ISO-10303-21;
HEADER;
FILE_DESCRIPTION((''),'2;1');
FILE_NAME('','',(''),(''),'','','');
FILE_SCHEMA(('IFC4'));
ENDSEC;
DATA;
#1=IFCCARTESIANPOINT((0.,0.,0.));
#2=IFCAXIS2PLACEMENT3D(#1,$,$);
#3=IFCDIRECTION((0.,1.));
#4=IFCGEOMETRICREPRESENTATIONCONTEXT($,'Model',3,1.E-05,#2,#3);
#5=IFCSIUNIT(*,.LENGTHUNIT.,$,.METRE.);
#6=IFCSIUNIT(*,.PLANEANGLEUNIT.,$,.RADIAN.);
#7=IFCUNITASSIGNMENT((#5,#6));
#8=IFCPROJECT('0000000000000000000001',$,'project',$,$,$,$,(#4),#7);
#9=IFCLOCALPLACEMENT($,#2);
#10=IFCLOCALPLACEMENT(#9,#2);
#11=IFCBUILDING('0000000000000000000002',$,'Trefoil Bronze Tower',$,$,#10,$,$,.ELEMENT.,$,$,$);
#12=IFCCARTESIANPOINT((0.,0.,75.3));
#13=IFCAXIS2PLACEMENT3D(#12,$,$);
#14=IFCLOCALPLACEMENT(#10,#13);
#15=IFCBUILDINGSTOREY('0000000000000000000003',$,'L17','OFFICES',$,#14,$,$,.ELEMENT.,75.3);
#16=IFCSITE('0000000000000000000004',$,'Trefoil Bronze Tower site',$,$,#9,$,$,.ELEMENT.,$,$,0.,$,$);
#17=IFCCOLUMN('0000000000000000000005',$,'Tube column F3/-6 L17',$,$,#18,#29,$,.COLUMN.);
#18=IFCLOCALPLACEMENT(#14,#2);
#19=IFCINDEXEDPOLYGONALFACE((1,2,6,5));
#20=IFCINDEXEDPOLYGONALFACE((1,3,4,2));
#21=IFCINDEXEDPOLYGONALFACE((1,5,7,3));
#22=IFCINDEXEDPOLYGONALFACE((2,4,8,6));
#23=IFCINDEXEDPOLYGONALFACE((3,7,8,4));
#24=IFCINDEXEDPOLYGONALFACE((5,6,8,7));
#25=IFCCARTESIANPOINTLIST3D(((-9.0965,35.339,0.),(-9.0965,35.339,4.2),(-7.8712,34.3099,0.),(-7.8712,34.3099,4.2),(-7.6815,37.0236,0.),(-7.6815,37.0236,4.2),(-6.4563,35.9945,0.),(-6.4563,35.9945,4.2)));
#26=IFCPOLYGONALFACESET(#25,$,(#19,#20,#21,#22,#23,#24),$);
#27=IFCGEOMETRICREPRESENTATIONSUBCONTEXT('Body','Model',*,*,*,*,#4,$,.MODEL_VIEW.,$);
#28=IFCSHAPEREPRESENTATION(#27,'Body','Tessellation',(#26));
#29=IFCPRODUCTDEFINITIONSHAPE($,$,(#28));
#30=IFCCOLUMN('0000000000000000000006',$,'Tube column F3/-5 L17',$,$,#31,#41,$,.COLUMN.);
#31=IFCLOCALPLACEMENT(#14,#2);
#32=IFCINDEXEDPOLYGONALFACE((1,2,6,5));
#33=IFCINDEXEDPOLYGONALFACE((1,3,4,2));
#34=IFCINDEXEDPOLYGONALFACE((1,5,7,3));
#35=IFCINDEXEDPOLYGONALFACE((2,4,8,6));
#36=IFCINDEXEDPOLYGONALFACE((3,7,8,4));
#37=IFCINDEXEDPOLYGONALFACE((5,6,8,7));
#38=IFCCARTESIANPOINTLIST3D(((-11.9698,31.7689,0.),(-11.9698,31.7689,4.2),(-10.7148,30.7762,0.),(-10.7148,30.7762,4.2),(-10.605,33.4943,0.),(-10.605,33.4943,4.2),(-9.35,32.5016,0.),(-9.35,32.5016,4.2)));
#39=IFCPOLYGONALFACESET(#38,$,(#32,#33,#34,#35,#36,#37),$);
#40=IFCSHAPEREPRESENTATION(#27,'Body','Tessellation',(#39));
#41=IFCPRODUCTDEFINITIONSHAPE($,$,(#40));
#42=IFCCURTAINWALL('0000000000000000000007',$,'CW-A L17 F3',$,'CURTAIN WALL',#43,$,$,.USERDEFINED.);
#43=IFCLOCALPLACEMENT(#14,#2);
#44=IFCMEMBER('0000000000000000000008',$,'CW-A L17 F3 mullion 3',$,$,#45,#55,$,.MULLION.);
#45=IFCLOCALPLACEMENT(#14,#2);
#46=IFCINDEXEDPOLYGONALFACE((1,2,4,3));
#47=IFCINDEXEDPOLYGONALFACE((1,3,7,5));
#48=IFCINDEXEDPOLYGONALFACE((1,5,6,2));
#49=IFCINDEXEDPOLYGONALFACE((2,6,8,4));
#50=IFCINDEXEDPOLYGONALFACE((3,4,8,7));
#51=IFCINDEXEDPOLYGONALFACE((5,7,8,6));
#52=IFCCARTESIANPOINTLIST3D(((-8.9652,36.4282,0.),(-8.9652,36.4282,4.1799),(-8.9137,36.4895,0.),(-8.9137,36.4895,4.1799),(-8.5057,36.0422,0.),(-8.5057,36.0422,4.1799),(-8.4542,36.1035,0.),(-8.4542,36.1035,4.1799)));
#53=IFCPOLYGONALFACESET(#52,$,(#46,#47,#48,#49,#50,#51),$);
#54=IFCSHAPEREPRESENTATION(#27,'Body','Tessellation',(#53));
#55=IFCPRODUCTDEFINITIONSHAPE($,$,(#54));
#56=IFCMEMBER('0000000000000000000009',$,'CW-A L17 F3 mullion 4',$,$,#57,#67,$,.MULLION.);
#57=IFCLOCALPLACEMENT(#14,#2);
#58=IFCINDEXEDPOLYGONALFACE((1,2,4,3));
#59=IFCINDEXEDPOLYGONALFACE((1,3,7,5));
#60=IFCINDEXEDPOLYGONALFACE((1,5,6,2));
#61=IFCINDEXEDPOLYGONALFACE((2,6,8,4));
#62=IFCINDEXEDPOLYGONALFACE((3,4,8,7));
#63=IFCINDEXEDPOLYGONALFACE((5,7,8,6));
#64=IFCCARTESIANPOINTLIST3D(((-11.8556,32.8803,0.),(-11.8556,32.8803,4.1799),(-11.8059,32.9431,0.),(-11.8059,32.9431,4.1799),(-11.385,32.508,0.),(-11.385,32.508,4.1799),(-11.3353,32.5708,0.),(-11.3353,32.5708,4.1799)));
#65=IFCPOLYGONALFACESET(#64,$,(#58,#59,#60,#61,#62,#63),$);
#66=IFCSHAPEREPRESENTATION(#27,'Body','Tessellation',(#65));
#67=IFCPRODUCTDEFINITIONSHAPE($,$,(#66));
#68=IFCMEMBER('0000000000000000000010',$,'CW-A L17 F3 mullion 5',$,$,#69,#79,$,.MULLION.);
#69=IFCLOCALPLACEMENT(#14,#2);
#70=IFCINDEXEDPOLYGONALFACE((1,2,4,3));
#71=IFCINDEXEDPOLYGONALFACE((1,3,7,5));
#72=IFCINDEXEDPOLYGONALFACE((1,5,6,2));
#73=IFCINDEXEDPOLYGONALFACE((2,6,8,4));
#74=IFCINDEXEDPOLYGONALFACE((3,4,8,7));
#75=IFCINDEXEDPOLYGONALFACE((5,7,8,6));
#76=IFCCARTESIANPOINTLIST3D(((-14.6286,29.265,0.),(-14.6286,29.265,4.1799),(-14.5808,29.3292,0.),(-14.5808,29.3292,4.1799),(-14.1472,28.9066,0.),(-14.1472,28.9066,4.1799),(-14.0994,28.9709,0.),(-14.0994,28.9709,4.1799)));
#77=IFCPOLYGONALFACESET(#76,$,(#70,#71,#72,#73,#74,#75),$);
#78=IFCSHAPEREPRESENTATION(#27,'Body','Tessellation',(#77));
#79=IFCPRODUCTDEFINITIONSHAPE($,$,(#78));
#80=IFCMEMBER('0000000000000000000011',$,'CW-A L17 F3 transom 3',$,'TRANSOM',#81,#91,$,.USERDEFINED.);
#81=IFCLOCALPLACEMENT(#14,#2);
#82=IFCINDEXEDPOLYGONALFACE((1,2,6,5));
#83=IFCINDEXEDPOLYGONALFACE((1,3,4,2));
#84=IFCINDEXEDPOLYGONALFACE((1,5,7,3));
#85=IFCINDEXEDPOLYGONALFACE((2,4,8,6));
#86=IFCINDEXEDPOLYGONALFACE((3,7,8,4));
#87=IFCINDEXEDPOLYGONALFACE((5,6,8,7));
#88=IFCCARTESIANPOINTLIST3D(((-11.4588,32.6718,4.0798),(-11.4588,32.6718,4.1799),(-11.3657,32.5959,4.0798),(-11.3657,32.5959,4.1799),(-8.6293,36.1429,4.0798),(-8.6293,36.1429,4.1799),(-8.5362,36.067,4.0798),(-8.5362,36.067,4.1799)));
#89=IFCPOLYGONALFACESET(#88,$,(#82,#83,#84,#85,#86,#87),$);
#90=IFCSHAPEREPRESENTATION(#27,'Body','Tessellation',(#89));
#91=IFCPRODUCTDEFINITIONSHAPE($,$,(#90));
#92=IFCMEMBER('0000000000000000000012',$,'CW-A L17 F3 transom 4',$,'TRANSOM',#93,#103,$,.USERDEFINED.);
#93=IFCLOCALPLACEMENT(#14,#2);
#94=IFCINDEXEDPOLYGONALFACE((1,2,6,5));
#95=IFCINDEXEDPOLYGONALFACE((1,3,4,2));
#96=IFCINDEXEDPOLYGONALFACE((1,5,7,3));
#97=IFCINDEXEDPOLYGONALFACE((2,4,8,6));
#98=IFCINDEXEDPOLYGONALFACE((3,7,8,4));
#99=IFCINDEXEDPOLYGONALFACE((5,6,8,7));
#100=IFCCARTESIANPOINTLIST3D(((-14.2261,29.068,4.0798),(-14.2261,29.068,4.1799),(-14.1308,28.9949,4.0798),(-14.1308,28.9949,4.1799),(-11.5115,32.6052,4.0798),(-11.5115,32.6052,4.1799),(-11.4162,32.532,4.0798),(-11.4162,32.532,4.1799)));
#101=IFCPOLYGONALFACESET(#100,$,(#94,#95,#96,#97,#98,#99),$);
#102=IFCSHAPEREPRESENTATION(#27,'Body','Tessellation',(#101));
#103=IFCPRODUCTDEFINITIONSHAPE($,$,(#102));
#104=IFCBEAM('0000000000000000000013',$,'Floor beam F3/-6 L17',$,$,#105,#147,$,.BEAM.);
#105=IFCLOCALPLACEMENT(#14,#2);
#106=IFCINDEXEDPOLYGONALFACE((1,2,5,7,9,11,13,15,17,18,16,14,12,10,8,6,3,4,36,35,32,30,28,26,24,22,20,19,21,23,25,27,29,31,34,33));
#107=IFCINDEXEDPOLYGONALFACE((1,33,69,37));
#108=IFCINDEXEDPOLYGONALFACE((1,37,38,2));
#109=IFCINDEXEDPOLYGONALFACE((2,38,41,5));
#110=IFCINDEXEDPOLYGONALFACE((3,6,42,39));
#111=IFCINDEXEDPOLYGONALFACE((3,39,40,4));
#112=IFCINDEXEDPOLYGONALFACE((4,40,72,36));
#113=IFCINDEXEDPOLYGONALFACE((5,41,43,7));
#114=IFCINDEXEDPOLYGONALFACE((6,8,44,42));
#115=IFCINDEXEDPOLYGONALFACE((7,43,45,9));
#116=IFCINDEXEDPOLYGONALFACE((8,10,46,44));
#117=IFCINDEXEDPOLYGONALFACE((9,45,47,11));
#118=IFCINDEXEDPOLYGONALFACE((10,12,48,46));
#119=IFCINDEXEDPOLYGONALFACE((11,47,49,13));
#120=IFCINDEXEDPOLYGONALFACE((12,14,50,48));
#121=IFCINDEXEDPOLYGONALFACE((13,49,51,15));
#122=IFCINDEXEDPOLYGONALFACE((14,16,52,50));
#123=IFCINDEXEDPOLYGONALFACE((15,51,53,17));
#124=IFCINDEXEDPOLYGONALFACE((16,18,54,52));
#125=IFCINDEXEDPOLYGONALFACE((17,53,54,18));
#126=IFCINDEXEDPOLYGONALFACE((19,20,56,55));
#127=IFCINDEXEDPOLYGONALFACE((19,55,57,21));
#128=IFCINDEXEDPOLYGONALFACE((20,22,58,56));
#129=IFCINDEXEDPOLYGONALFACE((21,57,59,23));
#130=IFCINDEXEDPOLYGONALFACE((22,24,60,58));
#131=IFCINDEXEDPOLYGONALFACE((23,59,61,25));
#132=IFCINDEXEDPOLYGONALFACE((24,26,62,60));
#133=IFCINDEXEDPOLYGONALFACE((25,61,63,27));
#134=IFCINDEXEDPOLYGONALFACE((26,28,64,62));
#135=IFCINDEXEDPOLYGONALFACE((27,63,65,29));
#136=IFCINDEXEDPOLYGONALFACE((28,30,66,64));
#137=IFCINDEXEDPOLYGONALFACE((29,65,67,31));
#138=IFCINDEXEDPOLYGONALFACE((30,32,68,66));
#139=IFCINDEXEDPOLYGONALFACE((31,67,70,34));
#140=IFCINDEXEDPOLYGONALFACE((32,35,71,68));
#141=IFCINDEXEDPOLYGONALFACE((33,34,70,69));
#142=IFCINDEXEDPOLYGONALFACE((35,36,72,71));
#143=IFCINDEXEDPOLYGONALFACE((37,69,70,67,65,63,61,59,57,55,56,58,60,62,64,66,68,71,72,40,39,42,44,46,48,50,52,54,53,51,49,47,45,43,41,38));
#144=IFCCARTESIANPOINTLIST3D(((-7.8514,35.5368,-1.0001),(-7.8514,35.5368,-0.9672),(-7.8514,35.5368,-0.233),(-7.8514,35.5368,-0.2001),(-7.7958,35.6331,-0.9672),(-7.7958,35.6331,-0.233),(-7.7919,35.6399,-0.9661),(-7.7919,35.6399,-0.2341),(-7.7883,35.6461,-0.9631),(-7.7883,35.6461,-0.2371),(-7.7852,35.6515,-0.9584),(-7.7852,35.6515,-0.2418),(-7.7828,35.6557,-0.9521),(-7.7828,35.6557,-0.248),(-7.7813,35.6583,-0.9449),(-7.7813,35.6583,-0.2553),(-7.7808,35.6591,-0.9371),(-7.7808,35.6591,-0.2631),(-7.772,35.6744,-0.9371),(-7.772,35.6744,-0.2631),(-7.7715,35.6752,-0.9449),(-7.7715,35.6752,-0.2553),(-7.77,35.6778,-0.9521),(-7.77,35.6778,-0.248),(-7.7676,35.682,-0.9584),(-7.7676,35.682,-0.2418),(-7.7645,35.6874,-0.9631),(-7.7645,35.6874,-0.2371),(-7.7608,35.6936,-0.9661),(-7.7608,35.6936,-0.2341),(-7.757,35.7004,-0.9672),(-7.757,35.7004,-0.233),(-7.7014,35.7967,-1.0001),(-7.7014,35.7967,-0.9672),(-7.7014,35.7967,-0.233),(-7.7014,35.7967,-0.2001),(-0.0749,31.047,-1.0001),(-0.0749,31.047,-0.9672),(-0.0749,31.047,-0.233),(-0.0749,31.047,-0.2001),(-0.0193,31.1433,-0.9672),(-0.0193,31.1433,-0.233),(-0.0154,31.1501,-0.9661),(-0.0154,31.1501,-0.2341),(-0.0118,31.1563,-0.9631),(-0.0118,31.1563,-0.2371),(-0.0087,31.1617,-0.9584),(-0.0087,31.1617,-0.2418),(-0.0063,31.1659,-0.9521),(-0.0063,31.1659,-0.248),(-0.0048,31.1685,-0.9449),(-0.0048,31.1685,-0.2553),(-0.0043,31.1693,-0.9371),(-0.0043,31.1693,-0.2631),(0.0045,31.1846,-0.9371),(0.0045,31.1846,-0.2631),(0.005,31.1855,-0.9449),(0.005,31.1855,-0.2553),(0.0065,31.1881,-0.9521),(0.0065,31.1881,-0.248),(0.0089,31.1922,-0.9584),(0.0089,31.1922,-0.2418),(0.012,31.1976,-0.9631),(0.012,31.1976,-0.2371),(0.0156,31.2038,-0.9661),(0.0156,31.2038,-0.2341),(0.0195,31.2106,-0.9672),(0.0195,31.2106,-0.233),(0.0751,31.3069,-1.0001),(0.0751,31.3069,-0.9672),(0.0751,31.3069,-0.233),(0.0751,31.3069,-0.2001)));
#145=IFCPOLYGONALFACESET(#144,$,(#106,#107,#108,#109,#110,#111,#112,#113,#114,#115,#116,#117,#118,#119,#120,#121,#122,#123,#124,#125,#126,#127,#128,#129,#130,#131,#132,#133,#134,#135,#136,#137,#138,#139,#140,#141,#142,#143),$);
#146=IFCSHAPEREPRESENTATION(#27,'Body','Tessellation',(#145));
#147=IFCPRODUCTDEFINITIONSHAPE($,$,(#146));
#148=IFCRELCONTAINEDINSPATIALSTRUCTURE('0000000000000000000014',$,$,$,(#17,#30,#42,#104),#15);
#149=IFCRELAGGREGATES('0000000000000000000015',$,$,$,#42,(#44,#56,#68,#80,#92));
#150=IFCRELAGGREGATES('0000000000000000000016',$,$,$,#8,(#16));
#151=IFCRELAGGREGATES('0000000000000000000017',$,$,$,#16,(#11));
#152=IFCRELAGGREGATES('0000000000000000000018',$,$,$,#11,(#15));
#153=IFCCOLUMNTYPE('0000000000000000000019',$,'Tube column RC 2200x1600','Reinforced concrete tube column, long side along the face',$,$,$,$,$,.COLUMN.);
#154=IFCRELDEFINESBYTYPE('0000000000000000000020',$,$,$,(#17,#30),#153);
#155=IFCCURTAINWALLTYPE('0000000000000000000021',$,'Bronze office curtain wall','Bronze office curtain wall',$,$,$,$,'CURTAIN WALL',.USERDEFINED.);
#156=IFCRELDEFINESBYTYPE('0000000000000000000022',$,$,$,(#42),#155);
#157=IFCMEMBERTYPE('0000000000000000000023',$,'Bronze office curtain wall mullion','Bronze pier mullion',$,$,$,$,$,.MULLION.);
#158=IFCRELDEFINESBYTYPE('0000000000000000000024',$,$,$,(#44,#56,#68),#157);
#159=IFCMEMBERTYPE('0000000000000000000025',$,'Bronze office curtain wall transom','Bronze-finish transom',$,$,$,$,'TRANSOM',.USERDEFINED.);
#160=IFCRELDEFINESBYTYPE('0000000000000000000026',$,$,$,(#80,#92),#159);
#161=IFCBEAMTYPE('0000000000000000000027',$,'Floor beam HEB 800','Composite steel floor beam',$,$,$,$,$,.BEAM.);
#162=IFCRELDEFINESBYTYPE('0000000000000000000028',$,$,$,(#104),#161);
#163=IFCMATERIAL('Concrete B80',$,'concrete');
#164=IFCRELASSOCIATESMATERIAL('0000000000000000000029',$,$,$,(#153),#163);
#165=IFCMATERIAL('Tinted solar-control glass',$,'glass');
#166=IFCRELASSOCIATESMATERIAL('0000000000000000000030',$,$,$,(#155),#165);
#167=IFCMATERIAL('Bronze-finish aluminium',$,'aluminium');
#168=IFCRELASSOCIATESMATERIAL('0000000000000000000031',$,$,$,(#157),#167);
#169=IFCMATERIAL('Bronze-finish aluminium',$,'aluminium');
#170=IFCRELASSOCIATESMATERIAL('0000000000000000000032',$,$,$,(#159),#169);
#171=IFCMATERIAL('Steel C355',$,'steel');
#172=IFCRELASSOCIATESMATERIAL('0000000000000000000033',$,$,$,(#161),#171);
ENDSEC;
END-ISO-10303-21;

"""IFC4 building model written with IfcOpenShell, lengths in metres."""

from ifc_helpers import new_model, si_unit, direction, frame, origin, origin_2d, place, context, subcontext, project, spatial, rectangle, i_section, extrude, material, material_profile, profile_set, type_object, element, aggregate, save


model = new_model("IFC4")

# Units and contexts
model_context = context("Model", 3, precision=1e-05, world=origin(), true_north=direction((0.0, 1.0)))
body_context = subcontext(model_context, "Body", "Model", "MODEL_VIEW")
ifc_project = project(units=[si_unit("LENGTHUNIT", "METRE"), si_unit("PLANEANGLEUNIT", "RADIAN")], contexts=[model_context])

# Site, building, storey
site_placement = place(None, origin())
site = spatial("IfcSite", under=ifc_project, at=site_placement, Name="Trefoil Bronze Tower site", CompositionType="ELEMENT", RefElevation=0.0)
building_placement = place(site_placement, origin())
building = spatial("IfcBuilding", under=site, at=building_placement, Name="Trefoil Bronze Tower", CompositionType="ELEMENT")
storey_placement = place(building_placement, frame((0.0, 0.0, 75.3)))
storey = spatial("IfcBuildingStorey", under=building, at=storey_placement, Name="L17", Description="OFFICES", CompositionType="ELEMENT", Elevation=75.3)

# Columns
ifc_material_1 = material(Name="Concrete B80", Category="concrete")
ifc_material_profile_1 = material_profile(ifc_material_1, rectangle(XDim=2.2, YDim=1.6001, at=origin_2d()), Name="RC 2200x1600")
ifc_profile_set_1 = profile_set([ifc_material_profile_1], Name="Concrete B80")
column_type = type_object("IfcColumnType", Name="Tube column RC 2200x1600", Description="Reinforced concrete tube column, long side along the face", PredefinedType="COLUMN", material=ifc_profile_set_1)
for number, where, z_axis, x_axis, name in (
    (1, (-7.7764, 35.6667, 0.0), (0.0, 0.0, 1.0), (-0.643163, -0.765729, 0.0), "Tube column F3/-6 L17"),
    (2, (-10.6599, 32.1353, 0.0), (0.0, 0.0, 1.0), (-0.620376, -0.784305, 0.0), "Tube column F3/-5 L17"),
):
    element("IfcColumn", number, at=place(storey_placement, frame(where, z_axis=z_axis, x_axis=x_axis)), inside=storey, type_object=column_type, Name=name, PredefinedType="COLUMN", context=body_context, shape_type="SweptSolid", body=[
        extrude(rectangle(XDim=2.2, YDim=1.6001, at=origin_2d()), origin(), (0.0, 0.0, 1.0), 4.2),
    ])

# Curtain wall, members
ifc_material_2 = material(Name="Tinted solar-control glass", Category="glass")
curtain_wall_type = type_object("IfcCurtainWallType", Name="Bronze office curtain wall", Description="Bronze office curtain wall", ElementType="CURTAIN WALL", PredefinedType="USERDEFINED", material=ifc_material_2)
curtain_wall_placement = place(storey_placement, origin())
curtain_wall = element("IfcCurtainWall", 3, at=curtain_wall_placement, inside=storey, type_object=curtain_wall_type, Name="CW-A L17 F3", ObjectType="CURTAIN WALL", PredefinedType="USERDEFINED")
ifc_material_3 = material(Name="Bronze-finish aluminium", Category="aluminium")
ifc_material_profile_2 = material_profile(ifc_material_3, rectangle(XDim=0.6001, YDim=0.0801, at=origin_2d()), Name="CW-A mullion")
ifc_profile_set_2 = profile_set([ifc_material_profile_2], Name="Bronze-finish aluminium")
member_type_1 = type_object("IfcMemberType", Name="Bronze office curtain wall mullion", Description="Bronze pier mullion", PredefinedType="MULLION", material=ifc_profile_set_2)
member_1_placement = place(storey_placement, frame((-8.7097, 36.2659, 0.0), z_axis=(0.0, 0.0, 1.0), x_axis=(0.765729, -0.643163, 0.0)))
member_1 = element("IfcMember", 4, at=member_1_placement, type_object=member_type_1, Name="CW-A L17 F3 mullion 3", PredefinedType="MULLION", context=body_context, shape_type="SweptSolid", body=[
    extrude(rectangle(XDim=0.6001, YDim=0.0801, at=origin_2d()), origin(), (0.0, 0.0, 1.0), 4.1799),
])
member_2_placement = place(storey_placement, frame((-11.5955, 32.7256, 0.0), z_axis=(0.0, 0.0, 1.0), x_axis=(0.784305, -0.620376, 0.0)))
member_2 = element("IfcMember", 5, at=member_2_placement, type_object=member_type_1, Name="CW-A L17 F3 mullion 4", PredefinedType="MULLION", context=body_context, shape_type="SweptSolid", body=[
    extrude(rectangle(XDim=0.6001, YDim=0.0801, at=origin_2d()), origin(), (0.0, 0.0, 1.0), 4.1799),
])
member_3_placement = place(storey_placement, frame((-14.364, 29.1179, 0.0), z_axis=(0.0, 0.0, 1.0), x_axis=(0.802127, -0.597154, 0.0)))
member_3 = element("IfcMember", 6, at=member_3_placement, type_object=member_type_1, Name="CW-A L17 F3 mullion 5", PredefinedType="MULLION", context=body_context, shape_type="SweptSolid", body=[
    extrude(rectangle(XDim=0.6001, YDim=0.0801, at=origin_2d()), origin(), (0.0, 0.0, 1.0), 4.1799),
])
ifc_material_4 = material(Name="Bronze-finish aluminium", Category="aluminium")
ifc_material_profile_3 = material_profile(ifc_material_4, rectangle(XDim=0.1201, YDim=0.1001, at=origin_2d()), Name="CW-A transom")
ifc_profile_set_3 = profile_set([ifc_material_profile_3], Name="Bronze-finish aluminium")
member_type_2 = type_object("IfcMemberType", Name="Bronze office curtain wall transom", Description="Bronze-finish transom", ElementType="TRANSOM", PredefinedType="USERDEFINED", material=ifc_profile_set_3)
member_4_placement = place(storey_placement, frame((-8.5828, 36.105, 4.1299), z_axis=(-0.631836, -0.775102, 0.0), x_axis=(0.775102, -0.631836, 0.0)))
member_4 = element("IfcMember", 7, at=member_4_placement, type_object=member_type_2, Name="CW-A L17 F3 transom 3", ObjectType="TRANSOM", PredefinedType="USERDEFINED", context=body_context, shape_type="SweptSolid", body=[
    extrude(rectangle(XDim=0.1201, YDim=0.1001, at=origin_2d()), origin(), (0.0, 0.0, 1.0), 4.4783),
])
member_5_placement = place(storey_placement, frame((-11.4639, 32.5686, 4.1299), z_axis=(-0.608829, -0.793301, 0.0), x_axis=(0.793301, -0.608829, 0.0)))
member_5 = element("IfcMember", 8, at=member_5_placement, type_object=member_type_2, Name="CW-A L17 F3 transom 4", ObjectType="TRANSOM", PredefinedType="USERDEFINED", context=body_context, shape_type="SweptSolid", body=[
    extrude(rectangle(XDim=0.1201, YDim=0.1001, at=origin_2d()), origin(), (0.0, 0.0, 1.0), 4.4587),
])

# Beam
ifc_material_5 = material(Name="Steel C355", Category="steel")
ifc_material_profile_4 = material_profile(ifc_material_5, i_section(OverallWidth=0.3, OverallDepth=0.8, WebThickness=0.0176, FlangeThickness=0.033, FilletRadius=0.03, at=origin_2d()), Name="HEB 800")
ifc_profile_set_4 = profile_set([ifc_material_profile_4], Name="Steel C355")
beam_type_1 = type_object("IfcBeamType", Name="Floor beam HEB 800", Description="Composite steel floor beam", PredefinedType="BEAM", material=ifc_profile_set_4)
beam_1_placement = place(storey_placement, frame((-7.7764, 35.6667, -0.6001), z_axis=(0.866023, -0.500005, 0.0), x_axis=(0.500005, 0.866023, 0.0)))
element("IfcBeam", 9, at=beam_1_placement, inside=storey, type_object=beam_type_1, Name="Floor beam F3/-6 L17", PredefinedType="BEAM", context=body_context, shape_type="SweptSolid", body=[
    extrude(i_section(OverallWidth=0.3, OverallDepth=0.8, WebThickness=0.0176, FlangeThickness=0.033, FilletRadius=0.03, at=origin_2d()), origin(), (0.0, 0.0, 1.0), 8.9795),
])

aggregate(curtain_wall, [member_1, member_2, member_3, member_4, member_5])

save(model, "model.ifc")
